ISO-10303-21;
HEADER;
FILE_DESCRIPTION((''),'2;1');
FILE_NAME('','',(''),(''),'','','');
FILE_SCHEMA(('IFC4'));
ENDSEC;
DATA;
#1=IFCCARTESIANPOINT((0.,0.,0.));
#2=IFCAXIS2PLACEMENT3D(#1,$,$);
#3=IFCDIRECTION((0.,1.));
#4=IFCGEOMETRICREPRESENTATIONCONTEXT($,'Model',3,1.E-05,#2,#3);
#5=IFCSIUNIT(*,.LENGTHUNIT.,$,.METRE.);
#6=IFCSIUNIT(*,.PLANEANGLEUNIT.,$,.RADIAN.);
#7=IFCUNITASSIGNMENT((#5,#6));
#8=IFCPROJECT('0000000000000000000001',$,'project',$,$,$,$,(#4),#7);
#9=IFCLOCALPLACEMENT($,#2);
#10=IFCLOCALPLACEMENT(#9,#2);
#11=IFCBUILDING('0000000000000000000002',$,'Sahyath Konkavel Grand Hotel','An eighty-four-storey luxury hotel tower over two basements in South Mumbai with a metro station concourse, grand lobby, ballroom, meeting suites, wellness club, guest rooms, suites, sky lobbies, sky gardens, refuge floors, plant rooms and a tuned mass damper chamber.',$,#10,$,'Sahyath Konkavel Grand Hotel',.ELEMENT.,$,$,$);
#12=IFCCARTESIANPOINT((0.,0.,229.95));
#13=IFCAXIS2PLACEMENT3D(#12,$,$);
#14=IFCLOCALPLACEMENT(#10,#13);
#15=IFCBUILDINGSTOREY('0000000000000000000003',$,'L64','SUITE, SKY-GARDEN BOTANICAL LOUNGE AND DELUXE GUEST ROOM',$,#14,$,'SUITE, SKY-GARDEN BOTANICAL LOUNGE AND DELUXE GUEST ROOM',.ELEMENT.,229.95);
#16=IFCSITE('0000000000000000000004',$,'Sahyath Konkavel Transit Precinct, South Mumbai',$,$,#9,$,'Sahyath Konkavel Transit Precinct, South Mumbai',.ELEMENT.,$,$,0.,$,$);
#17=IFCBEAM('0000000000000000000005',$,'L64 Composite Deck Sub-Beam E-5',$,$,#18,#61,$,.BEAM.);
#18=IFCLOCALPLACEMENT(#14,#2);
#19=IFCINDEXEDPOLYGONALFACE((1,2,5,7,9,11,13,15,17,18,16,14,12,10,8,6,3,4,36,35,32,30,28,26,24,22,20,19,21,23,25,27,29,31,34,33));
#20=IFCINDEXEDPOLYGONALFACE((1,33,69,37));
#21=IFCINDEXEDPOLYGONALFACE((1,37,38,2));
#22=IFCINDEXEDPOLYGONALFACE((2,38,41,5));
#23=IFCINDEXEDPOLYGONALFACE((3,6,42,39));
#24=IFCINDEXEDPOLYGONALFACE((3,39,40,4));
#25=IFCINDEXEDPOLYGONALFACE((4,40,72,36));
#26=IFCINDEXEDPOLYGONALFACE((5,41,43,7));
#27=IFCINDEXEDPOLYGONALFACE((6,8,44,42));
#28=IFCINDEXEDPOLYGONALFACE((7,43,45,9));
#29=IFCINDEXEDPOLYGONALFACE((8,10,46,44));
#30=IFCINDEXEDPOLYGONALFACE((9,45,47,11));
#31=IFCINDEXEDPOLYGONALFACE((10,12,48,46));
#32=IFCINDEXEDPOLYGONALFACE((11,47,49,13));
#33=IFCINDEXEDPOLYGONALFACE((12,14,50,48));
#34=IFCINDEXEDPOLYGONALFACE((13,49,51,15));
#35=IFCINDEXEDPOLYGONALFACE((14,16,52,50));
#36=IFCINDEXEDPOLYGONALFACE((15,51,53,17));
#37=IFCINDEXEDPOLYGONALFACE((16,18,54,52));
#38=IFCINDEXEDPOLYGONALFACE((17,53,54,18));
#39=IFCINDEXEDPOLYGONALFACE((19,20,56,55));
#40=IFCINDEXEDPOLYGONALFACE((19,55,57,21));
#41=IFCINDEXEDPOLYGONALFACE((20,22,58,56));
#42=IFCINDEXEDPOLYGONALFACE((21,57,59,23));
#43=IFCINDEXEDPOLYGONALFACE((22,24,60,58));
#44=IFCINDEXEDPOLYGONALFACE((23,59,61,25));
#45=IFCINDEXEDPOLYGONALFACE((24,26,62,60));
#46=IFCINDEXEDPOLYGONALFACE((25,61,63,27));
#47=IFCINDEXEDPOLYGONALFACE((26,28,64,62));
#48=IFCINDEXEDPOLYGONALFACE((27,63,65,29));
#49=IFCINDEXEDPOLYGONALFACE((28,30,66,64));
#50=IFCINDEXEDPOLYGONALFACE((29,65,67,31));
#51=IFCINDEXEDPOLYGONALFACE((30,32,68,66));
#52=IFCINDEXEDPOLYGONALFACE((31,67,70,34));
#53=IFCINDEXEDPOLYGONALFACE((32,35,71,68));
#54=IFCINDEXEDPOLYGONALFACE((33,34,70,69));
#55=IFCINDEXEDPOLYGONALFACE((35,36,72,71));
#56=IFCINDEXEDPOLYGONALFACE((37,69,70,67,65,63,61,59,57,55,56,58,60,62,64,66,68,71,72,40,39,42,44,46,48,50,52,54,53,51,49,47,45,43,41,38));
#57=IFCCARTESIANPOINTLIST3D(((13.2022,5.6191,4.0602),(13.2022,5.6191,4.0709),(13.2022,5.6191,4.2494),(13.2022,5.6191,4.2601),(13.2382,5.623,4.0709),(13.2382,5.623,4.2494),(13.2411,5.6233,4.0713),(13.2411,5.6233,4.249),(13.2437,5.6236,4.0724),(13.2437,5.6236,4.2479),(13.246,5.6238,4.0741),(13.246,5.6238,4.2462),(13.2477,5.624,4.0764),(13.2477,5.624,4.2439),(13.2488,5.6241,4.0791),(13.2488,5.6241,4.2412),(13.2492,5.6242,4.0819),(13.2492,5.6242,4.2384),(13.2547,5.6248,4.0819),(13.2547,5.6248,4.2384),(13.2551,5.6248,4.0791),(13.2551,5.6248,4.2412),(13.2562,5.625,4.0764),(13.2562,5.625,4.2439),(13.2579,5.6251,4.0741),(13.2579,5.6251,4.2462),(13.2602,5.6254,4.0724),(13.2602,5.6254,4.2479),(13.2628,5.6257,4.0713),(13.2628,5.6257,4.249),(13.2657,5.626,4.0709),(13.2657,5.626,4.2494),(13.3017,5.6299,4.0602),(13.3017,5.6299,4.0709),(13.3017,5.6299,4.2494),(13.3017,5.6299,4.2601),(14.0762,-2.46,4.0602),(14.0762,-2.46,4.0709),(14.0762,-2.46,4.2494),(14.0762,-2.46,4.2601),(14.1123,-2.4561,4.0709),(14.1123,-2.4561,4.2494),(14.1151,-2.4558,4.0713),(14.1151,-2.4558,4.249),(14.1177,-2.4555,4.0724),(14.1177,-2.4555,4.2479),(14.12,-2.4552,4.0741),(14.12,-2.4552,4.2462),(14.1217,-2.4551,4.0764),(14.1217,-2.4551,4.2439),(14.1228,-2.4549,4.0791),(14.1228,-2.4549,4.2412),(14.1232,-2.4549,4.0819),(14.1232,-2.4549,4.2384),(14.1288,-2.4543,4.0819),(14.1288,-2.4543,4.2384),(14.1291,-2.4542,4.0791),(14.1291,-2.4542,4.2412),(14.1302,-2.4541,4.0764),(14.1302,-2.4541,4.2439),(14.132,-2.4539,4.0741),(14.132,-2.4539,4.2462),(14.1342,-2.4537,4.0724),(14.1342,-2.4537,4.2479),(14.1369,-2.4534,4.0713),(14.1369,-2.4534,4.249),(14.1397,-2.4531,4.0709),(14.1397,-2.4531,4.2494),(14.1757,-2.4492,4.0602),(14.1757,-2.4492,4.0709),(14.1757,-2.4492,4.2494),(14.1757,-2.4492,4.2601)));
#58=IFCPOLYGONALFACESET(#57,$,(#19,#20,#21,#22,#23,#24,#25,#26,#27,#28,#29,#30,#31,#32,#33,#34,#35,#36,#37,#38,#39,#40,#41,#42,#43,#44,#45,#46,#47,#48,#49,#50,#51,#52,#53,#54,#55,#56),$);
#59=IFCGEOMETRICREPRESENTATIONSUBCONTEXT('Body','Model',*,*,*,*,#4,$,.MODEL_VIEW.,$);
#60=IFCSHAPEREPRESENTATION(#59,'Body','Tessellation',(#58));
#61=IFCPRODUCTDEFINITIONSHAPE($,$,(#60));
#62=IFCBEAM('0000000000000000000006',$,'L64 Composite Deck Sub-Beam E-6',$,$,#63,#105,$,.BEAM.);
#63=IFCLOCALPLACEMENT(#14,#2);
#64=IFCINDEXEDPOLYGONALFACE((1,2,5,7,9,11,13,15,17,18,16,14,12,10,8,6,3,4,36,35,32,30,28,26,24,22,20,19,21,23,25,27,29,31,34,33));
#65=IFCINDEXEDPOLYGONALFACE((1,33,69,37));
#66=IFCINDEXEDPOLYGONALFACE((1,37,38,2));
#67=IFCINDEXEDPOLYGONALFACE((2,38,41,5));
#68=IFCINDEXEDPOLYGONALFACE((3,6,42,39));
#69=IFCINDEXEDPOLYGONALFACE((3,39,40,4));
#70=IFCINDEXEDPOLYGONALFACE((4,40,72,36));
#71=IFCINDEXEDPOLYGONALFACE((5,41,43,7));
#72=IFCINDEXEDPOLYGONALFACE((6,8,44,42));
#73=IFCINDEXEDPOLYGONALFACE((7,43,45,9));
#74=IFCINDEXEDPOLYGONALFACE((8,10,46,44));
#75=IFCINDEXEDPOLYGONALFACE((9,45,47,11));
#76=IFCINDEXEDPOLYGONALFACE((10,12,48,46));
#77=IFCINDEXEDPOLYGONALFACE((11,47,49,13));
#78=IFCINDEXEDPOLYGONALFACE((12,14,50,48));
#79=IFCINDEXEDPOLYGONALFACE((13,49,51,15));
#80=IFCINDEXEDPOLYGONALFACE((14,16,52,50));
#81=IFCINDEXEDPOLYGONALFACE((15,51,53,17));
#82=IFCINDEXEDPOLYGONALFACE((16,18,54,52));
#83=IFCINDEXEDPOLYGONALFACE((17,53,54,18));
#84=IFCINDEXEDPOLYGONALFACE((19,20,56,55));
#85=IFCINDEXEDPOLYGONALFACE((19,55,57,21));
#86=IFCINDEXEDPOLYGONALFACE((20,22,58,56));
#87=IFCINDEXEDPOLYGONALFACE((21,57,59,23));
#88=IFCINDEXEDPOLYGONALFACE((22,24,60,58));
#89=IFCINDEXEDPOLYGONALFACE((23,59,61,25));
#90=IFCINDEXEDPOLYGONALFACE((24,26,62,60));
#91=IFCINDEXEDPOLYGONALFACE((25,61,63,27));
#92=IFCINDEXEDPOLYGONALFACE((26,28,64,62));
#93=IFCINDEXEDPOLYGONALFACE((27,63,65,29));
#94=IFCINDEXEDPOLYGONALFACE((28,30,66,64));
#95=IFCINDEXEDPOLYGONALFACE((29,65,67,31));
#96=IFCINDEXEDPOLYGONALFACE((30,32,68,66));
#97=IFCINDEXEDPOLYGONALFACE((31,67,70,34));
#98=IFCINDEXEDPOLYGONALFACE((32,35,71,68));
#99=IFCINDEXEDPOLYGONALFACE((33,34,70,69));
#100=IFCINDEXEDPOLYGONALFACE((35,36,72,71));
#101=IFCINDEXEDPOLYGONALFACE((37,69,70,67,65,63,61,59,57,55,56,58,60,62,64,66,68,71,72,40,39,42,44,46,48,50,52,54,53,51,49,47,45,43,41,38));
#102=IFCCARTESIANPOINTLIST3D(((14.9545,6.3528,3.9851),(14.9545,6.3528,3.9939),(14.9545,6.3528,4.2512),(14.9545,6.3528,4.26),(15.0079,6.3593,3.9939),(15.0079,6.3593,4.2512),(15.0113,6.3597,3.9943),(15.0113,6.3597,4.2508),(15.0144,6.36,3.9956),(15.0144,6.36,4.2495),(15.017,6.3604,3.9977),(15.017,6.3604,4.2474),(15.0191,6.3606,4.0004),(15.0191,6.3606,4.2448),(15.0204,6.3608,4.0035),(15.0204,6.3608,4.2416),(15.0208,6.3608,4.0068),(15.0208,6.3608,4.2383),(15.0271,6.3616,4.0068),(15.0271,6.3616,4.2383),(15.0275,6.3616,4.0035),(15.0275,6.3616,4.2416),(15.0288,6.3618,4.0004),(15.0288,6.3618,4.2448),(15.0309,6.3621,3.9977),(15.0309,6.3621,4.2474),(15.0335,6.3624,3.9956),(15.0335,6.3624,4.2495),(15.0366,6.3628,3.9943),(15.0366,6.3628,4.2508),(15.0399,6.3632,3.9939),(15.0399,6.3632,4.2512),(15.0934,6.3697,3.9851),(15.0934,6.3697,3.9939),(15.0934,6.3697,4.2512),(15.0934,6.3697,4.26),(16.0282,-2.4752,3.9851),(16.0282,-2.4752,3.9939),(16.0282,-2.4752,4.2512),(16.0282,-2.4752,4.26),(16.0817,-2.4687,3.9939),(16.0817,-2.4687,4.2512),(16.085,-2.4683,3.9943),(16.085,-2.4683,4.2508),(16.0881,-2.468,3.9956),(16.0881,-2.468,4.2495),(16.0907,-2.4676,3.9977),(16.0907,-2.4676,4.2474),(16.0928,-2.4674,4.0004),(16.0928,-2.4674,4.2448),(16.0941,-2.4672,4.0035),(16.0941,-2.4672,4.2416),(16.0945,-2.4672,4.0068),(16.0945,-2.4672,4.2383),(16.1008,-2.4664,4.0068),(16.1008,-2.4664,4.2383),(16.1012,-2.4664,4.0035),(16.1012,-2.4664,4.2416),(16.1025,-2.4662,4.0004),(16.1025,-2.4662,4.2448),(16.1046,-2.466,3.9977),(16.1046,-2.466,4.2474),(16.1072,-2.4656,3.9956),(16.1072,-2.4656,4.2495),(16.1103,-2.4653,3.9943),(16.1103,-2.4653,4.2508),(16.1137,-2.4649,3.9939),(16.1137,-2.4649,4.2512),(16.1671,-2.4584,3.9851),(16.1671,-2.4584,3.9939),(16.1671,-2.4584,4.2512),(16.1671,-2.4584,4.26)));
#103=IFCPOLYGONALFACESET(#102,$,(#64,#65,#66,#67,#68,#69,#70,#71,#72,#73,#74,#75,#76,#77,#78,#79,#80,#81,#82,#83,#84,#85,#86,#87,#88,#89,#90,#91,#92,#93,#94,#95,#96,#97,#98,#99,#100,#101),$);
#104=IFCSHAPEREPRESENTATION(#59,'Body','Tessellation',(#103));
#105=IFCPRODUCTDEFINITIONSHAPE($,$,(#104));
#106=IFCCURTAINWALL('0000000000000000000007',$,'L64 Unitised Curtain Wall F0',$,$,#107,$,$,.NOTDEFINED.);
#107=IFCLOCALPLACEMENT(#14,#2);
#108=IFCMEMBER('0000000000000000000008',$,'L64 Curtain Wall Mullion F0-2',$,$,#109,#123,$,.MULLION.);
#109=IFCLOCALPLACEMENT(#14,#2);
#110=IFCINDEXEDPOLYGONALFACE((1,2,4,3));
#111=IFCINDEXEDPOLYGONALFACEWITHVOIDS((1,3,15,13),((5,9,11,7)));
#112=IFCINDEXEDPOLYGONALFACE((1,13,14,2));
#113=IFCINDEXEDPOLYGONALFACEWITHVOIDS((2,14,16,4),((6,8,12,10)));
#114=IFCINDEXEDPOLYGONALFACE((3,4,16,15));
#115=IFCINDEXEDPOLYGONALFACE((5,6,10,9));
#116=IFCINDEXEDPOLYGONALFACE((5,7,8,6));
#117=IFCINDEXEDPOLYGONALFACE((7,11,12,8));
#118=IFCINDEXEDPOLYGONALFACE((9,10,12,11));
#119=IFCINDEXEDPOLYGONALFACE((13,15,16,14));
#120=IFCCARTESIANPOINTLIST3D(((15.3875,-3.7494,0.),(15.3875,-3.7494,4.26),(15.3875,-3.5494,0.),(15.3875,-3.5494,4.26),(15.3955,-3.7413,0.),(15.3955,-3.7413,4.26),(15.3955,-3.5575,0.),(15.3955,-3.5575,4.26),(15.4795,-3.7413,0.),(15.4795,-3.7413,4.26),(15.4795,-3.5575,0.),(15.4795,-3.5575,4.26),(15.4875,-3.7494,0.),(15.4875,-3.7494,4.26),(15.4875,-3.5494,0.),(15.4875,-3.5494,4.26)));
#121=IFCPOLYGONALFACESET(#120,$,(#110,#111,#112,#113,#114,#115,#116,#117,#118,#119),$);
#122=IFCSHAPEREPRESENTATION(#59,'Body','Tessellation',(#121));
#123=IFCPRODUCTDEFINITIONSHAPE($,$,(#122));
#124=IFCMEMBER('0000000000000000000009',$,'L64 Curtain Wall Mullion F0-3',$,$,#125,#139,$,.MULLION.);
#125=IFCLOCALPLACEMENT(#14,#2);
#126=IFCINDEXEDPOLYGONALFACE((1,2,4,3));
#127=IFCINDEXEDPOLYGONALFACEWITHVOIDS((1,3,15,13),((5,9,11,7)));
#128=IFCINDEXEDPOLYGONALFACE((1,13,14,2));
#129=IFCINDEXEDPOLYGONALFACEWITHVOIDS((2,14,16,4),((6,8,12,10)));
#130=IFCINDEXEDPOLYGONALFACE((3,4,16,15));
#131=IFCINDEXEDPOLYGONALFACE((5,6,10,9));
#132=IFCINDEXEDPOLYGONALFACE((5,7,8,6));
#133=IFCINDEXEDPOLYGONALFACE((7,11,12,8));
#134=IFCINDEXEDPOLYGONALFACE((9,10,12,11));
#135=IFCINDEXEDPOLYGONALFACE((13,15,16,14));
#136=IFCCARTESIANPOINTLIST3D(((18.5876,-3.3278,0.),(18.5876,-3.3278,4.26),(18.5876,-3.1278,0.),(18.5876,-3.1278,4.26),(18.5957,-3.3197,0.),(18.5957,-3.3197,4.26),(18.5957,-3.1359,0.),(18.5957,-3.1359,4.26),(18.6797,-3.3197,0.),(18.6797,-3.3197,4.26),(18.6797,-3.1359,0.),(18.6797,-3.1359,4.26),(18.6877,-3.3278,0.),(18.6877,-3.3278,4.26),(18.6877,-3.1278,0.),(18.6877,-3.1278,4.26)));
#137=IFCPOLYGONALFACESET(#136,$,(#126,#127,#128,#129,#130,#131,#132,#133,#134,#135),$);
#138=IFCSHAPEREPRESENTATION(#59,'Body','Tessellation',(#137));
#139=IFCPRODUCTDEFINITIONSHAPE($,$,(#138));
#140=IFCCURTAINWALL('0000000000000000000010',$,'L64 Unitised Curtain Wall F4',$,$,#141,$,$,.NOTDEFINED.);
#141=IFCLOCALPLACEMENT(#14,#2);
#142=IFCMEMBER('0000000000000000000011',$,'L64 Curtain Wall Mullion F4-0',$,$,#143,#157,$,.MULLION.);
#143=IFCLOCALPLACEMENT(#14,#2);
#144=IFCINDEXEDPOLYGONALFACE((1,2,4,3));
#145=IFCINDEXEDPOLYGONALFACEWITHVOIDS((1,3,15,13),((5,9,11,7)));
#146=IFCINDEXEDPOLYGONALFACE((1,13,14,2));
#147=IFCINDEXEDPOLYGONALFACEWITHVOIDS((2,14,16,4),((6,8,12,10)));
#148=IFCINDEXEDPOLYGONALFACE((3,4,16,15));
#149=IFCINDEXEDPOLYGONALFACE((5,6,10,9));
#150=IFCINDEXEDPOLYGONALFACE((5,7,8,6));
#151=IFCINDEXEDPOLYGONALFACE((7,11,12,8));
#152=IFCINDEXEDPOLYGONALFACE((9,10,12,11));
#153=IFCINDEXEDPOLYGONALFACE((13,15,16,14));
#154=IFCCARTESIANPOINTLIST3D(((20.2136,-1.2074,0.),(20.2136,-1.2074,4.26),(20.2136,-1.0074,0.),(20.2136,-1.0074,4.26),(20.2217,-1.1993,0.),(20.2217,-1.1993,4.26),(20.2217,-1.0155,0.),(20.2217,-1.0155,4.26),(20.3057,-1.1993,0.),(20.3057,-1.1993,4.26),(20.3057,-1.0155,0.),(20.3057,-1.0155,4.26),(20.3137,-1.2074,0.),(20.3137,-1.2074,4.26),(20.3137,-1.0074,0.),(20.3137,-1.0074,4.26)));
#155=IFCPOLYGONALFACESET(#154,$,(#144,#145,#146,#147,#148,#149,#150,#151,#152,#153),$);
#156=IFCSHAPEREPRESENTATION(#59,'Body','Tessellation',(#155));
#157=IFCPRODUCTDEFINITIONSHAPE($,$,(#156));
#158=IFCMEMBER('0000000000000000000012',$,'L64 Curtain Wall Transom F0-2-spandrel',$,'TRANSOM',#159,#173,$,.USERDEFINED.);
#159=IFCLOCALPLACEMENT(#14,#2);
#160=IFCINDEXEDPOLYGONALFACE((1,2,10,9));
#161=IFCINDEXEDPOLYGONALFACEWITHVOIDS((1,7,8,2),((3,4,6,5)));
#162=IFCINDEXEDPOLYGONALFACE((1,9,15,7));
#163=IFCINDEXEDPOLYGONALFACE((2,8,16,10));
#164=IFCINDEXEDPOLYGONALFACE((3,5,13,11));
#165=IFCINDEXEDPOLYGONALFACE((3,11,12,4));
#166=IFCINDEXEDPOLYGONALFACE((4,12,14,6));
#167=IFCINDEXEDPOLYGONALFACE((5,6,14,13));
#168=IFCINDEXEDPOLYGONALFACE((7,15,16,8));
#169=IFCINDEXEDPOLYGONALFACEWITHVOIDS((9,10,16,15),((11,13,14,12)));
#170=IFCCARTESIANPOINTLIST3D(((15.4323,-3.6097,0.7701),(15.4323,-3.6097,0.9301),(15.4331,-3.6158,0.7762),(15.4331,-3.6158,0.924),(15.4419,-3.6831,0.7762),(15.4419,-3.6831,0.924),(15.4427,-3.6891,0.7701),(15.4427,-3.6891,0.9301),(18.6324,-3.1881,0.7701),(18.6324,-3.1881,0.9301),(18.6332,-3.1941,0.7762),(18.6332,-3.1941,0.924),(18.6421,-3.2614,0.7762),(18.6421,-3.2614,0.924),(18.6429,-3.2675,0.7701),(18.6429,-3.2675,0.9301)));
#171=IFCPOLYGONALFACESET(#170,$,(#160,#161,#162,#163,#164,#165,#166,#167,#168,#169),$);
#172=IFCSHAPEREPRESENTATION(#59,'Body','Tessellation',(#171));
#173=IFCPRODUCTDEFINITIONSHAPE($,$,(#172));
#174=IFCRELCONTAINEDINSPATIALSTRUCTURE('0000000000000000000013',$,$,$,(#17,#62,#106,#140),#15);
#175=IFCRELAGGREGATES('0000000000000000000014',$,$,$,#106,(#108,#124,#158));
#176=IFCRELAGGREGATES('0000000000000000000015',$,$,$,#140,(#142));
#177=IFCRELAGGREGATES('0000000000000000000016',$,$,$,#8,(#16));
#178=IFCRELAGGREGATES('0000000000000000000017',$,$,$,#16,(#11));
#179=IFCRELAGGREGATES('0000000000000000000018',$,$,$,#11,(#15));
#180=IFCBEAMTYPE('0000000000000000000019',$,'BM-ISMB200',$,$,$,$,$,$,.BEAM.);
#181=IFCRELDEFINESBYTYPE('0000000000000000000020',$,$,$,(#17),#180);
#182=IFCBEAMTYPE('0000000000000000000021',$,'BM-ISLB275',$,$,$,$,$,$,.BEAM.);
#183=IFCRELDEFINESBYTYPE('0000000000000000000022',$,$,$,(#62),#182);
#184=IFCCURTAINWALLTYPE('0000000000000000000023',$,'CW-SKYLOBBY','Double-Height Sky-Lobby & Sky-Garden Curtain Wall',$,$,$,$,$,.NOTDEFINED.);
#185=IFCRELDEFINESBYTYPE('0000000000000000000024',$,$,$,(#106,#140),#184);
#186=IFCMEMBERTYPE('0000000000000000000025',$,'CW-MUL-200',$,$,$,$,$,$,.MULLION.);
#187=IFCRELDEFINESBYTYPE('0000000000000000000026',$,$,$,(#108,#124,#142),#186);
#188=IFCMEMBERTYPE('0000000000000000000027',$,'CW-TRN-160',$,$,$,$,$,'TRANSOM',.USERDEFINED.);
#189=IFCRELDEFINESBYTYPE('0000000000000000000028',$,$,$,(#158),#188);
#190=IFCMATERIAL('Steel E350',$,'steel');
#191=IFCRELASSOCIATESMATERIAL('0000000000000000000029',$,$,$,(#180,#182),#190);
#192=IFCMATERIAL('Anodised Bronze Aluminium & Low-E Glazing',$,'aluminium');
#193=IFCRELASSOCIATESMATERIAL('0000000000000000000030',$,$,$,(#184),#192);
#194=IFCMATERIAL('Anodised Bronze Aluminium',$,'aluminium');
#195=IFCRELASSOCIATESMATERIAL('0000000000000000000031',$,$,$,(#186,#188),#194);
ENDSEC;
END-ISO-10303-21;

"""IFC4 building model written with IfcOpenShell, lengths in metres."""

from ifc_helpers import new_model, si_unit, direction, frame, origin, origin_2d, place, context, subcontext, project, spatial, hollow_rectangle, i_section, extrude, source, transform, mapped, material, material_profile, profile_set, type_object, element, aggregate, save


model = new_model("IFC4")

# Units and contexts
model_context = context("Model", 3, precision=1e-05, world=origin(), true_north=direction((0.0, 1.0)))
body_context = subcontext(model_context, "Body", "Model", "MODEL_VIEW")
ifc_project = project(units=[si_unit("LENGTHUNIT", "METRE"), si_unit("PLANEANGLEUNIT", "RADIAN")], contexts=[model_context])

# Site, building, storey
site_placement = place(None, origin())
site = spatial("IfcSite", under=ifc_project, at=site_placement, Name="Sahyath Konkavel Transit Precinct, South Mumbai", LongName="Sahyath Konkavel Transit Precinct, South Mumbai", CompositionType="ELEMENT", RefElevation=0.0)
building_placement = place(site_placement, origin())
building = spatial("IfcBuilding", under=site, at=building_placement, Name="Sahyath Konkavel Grand Hotel", Description="An eighty-four-storey luxury hotel tower over two basements in South Mumbai with a metro station concourse, grand lobby, ballroom, meeting suites, wellness club, guest rooms, suites, sky lobbies, sky gardens, refuge floors, plant rooms and a tuned mass damper chamber.", LongName="Sahyath Konkavel Grand Hotel", CompositionType="ELEMENT")
storey_placement = place(building_placement, frame((0.0, 0.0, 229.95)))
storey = spatial("IfcBuildingStorey", under=building, at=storey_placement, Name="L64", Description="SUITE, SKY-GARDEN BOTANICAL LOUNGE AND DELUXE GUEST ROOM", LongName="SUITE, SKY-GARDEN BOTANICAL LOUNGE AND DELUXE GUEST ROOM", CompositionType="ELEMENT", Elevation=229.95)

# Beams
ifc_material_1 = material(Name="Steel E350", Category="steel")
ifc_material_profile_1 = material_profile(ifc_material_1, i_section(OverallWidth=0.1001, OverallDepth=0.2, WebThickness=0.0056, FlangeThickness=0.0107, FilletRadius=0.011, at=origin_2d()), Name="ISMB 200")
ifc_profile_set_1 = profile_set([ifc_material_profile_1], Name="Steel E350")
beam_type_1 = type_object("IfcBeamType", Name="BM-ISMB200", PredefinedType="BEAM", material=ifc_profile_set_1)
shared_shape_1 = source(origin(), body_context, "Body", "SweptSolid", [
    extrude(i_section(OverallWidth=0.1001, OverallDepth=0.2, WebThickness=0.0056, FlangeThickness=0.0107, FilletRadius=0.011, at=origin_2d()), origin(), (0.0, 0.0, 1.0), 8.1262),
])
beam_1_placement = place(storey_placement, frame((14.126, -2.4546, 4.1602), z_axis=(-0.107556, 0.994199, 0.0), x_axis=(-0.994199, -0.107556, 0.0)))
element("IfcBeam", 1, at=beam_1_placement, inside=storey, type_object=beam_type_1, Name="L64 Composite Deck Sub-Beam E-5", PredefinedType="BEAM", context=body_context, shape_type="MappedRepresentation", body=[
    mapped(shared_shape_1, transform((0.0, 0.0, 0.0), scale=1.0)),
])
ifc_material_profile_2 = material_profile(ifc_material_1, i_section(OverallWidth=0.1399, OverallDepth=0.2749, WebThickness=0.0063, FlangeThickness=0.0088, FilletRadius=0.0129, at=origin_2d()), Name="ISLB 275")
ifc_profile_set_2 = profile_set([ifc_material_profile_2], Name="Steel E350")
beam_type_2 = type_object("IfcBeamType", Name="BM-ISLB275", PredefinedType="BEAM", material=ifc_profile_set_2)
shared_shape_2 = source(origin(), body_context, "Body", "SweptSolid", [
    extrude(i_section(OverallWidth=0.1399, OverallDepth=0.2749, WebThickness=0.0063, FlangeThickness=0.0088, FilletRadius=0.0129, at=origin_2d()), origin(), (0.0, 0.0, 1.0), 8.8931),
])
beam_2_placement = place(storey_placement, frame((16.0977, -2.4668, 4.1226), z_axis=(-0.120736, 0.992685, 0.0), x_axis=(-0.992685, -0.120736, 0.0)))
element("IfcBeam", 2, at=beam_2_placement, inside=storey, type_object=beam_type_2, Name="L64 Composite Deck Sub-Beam E-6", PredefinedType="BEAM", context=body_context, shape_type="MappedRepresentation", body=[
    mapped(shared_shape_2, transform((0.0, 0.0, 0.0), scale=1.0)),
])

# Curtain wall, members
ifc_material_2 = material(Name="Anodised Bronze Aluminium & Low-E Glazing", Category="aluminium")
curtain_wall_type = type_object("IfcCurtainWallType", Name="CW-SKYLOBBY", Description="Double-Height Sky-Lobby & Sky-Garden Curtain Wall", PredefinedType="NOTDEFINED", material=ifc_material_2)
curtain_wall_1_placement = place(storey_placement, origin())
curtain_wall_1 = element("IfcCurtainWall", 3, at=curtain_wall_1_placement, inside=storey, type_object=curtain_wall_type, Name="L64 Unitised Curtain Wall F0", PredefinedType="NOTDEFINED")
ifc_material_3 = material(Name="Anodised Bronze Aluminium", Category="aluminium")
ifc_material_profile_3 = material_profile(ifc_material_3, hollow_rectangle(XDim=0.1001, YDim=0.2, WallThickness=0.0081, at=origin_2d()), Name="RHS 200x100x8")
ifc_profile_set_3 = profile_set([ifc_material_profile_3], Name="Anodised Bronze Aluminium")
member_type_1 = type_object("IfcMemberType", Name="CW-MUL-200", PredefinedType="MULLION", material=ifc_profile_set_3)
shared_shape_3 = source(origin(), body_context, "Body", "SweptSolid", [
    extrude(hollow_rectangle(XDim=0.1001, YDim=0.2, WallThickness=0.0081, at=origin_2d()), origin(), (0.0, 0.0, 1.0), 4.26),
])
member_1_placement = place(storey_placement, frame((15.4375, -3.6494, 0.0), z_axis=(0.0, 0.0, 1.0), x_axis=(1.0, 0.0, 0.0)))
member_1 = element("IfcMember", 4, at=member_1_placement, type_object=member_type_1, Name="L64 Curtain Wall Mullion F0-2", PredefinedType="MULLION", context=body_context, shape_type="MappedRepresentation", body=[
    mapped(shared_shape_3, transform((0.0, 0.0, 0.0), scale=1.0)),
])
member_2_placement = place(storey_placement, frame((18.6377, -3.2278, 0.0), z_axis=(0.0, 0.0, 1.0), x_axis=(1.0, 0.0, 0.0)))
member_2 = element("IfcMember", 5, at=member_2_placement, type_object=member_type_1, Name="L64 Curtain Wall Mullion F0-3", PredefinedType="MULLION", context=body_context, shape_type="MappedRepresentation", body=[
    mapped(shared_shape_3, transform((0.0, 0.0, 0.0), scale=1.0)),
])

# Curtain wall, member
curtain_wall_2_placement = place(storey_placement, origin())
curtain_wall_2 = element("IfcCurtainWall", 6, at=curtain_wall_2_placement, inside=storey, type_object=curtain_wall_type, Name="L64 Unitised Curtain Wall F4", PredefinedType="NOTDEFINED")
member_3_placement = place(storey_placement, frame((20.2637, -1.1074, 0.0), z_axis=(0.0, 0.0, 1.0), x_axis=(1.0, 0.0, 0.0)))
member_3 = element("IfcMember", 7, at=member_3_placement, type_object=member_type_1, Name="L64 Curtain Wall Mullion F4-0", PredefinedType="MULLION", context=body_context, shape_type="MappedRepresentation", body=[
    mapped(shared_shape_3, transform((0.0, 0.0, 0.0), scale=1.0)),
])

# Member
ifc_material_profile_4 = material_profile(ifc_material_3, hollow_rectangle(XDim=0.0801, YDim=0.1599, WallThickness=0.0061, at=origin_2d()), Name="RHS 160x80x6")
ifc_profile_set_4 = profile_set([ifc_material_profile_4], Name="Anodised Bronze Aluminium")
member_type_2 = type_object("IfcMemberType", Name="CW-TRN-160", ElementType="TRANSOM", PredefinedType="USERDEFINED", material=ifc_profile_set_4)
shared_shape_4 = source(origin(), body_context, "Body", "SweptSolid", [
    extrude(hollow_rectangle(XDim=0.0801, YDim=0.1599, WallThickness=0.0061, at=origin_2d()), origin(), (0.0, 0.0, 1.0), 3.2278),
])
member_4_placement = place(storey_placement, frame((15.4375, -3.6494, 0.8501), z_axis=(0.991432, 0.130623, 0.0), x_axis=(-0.130623, 0.991432, 0.0)))
member_4 = element("IfcMember", 8, at=member_4_placement, type_object=member_type_2, Name="L64 Curtain Wall Transom F0-2-spandrel", ObjectType="TRANSOM", PredefinedType="USERDEFINED", context=body_context, shape_type="MappedRepresentation", body=[
    mapped(shared_shape_4, transform((0.0, 0.0, 0.0), scale=1.0)),
])

aggregate(curtain_wall_1, [member_1, member_2, member_4])
aggregate(curtain_wall_2, [member_3])

save(model, "model.ifc")
